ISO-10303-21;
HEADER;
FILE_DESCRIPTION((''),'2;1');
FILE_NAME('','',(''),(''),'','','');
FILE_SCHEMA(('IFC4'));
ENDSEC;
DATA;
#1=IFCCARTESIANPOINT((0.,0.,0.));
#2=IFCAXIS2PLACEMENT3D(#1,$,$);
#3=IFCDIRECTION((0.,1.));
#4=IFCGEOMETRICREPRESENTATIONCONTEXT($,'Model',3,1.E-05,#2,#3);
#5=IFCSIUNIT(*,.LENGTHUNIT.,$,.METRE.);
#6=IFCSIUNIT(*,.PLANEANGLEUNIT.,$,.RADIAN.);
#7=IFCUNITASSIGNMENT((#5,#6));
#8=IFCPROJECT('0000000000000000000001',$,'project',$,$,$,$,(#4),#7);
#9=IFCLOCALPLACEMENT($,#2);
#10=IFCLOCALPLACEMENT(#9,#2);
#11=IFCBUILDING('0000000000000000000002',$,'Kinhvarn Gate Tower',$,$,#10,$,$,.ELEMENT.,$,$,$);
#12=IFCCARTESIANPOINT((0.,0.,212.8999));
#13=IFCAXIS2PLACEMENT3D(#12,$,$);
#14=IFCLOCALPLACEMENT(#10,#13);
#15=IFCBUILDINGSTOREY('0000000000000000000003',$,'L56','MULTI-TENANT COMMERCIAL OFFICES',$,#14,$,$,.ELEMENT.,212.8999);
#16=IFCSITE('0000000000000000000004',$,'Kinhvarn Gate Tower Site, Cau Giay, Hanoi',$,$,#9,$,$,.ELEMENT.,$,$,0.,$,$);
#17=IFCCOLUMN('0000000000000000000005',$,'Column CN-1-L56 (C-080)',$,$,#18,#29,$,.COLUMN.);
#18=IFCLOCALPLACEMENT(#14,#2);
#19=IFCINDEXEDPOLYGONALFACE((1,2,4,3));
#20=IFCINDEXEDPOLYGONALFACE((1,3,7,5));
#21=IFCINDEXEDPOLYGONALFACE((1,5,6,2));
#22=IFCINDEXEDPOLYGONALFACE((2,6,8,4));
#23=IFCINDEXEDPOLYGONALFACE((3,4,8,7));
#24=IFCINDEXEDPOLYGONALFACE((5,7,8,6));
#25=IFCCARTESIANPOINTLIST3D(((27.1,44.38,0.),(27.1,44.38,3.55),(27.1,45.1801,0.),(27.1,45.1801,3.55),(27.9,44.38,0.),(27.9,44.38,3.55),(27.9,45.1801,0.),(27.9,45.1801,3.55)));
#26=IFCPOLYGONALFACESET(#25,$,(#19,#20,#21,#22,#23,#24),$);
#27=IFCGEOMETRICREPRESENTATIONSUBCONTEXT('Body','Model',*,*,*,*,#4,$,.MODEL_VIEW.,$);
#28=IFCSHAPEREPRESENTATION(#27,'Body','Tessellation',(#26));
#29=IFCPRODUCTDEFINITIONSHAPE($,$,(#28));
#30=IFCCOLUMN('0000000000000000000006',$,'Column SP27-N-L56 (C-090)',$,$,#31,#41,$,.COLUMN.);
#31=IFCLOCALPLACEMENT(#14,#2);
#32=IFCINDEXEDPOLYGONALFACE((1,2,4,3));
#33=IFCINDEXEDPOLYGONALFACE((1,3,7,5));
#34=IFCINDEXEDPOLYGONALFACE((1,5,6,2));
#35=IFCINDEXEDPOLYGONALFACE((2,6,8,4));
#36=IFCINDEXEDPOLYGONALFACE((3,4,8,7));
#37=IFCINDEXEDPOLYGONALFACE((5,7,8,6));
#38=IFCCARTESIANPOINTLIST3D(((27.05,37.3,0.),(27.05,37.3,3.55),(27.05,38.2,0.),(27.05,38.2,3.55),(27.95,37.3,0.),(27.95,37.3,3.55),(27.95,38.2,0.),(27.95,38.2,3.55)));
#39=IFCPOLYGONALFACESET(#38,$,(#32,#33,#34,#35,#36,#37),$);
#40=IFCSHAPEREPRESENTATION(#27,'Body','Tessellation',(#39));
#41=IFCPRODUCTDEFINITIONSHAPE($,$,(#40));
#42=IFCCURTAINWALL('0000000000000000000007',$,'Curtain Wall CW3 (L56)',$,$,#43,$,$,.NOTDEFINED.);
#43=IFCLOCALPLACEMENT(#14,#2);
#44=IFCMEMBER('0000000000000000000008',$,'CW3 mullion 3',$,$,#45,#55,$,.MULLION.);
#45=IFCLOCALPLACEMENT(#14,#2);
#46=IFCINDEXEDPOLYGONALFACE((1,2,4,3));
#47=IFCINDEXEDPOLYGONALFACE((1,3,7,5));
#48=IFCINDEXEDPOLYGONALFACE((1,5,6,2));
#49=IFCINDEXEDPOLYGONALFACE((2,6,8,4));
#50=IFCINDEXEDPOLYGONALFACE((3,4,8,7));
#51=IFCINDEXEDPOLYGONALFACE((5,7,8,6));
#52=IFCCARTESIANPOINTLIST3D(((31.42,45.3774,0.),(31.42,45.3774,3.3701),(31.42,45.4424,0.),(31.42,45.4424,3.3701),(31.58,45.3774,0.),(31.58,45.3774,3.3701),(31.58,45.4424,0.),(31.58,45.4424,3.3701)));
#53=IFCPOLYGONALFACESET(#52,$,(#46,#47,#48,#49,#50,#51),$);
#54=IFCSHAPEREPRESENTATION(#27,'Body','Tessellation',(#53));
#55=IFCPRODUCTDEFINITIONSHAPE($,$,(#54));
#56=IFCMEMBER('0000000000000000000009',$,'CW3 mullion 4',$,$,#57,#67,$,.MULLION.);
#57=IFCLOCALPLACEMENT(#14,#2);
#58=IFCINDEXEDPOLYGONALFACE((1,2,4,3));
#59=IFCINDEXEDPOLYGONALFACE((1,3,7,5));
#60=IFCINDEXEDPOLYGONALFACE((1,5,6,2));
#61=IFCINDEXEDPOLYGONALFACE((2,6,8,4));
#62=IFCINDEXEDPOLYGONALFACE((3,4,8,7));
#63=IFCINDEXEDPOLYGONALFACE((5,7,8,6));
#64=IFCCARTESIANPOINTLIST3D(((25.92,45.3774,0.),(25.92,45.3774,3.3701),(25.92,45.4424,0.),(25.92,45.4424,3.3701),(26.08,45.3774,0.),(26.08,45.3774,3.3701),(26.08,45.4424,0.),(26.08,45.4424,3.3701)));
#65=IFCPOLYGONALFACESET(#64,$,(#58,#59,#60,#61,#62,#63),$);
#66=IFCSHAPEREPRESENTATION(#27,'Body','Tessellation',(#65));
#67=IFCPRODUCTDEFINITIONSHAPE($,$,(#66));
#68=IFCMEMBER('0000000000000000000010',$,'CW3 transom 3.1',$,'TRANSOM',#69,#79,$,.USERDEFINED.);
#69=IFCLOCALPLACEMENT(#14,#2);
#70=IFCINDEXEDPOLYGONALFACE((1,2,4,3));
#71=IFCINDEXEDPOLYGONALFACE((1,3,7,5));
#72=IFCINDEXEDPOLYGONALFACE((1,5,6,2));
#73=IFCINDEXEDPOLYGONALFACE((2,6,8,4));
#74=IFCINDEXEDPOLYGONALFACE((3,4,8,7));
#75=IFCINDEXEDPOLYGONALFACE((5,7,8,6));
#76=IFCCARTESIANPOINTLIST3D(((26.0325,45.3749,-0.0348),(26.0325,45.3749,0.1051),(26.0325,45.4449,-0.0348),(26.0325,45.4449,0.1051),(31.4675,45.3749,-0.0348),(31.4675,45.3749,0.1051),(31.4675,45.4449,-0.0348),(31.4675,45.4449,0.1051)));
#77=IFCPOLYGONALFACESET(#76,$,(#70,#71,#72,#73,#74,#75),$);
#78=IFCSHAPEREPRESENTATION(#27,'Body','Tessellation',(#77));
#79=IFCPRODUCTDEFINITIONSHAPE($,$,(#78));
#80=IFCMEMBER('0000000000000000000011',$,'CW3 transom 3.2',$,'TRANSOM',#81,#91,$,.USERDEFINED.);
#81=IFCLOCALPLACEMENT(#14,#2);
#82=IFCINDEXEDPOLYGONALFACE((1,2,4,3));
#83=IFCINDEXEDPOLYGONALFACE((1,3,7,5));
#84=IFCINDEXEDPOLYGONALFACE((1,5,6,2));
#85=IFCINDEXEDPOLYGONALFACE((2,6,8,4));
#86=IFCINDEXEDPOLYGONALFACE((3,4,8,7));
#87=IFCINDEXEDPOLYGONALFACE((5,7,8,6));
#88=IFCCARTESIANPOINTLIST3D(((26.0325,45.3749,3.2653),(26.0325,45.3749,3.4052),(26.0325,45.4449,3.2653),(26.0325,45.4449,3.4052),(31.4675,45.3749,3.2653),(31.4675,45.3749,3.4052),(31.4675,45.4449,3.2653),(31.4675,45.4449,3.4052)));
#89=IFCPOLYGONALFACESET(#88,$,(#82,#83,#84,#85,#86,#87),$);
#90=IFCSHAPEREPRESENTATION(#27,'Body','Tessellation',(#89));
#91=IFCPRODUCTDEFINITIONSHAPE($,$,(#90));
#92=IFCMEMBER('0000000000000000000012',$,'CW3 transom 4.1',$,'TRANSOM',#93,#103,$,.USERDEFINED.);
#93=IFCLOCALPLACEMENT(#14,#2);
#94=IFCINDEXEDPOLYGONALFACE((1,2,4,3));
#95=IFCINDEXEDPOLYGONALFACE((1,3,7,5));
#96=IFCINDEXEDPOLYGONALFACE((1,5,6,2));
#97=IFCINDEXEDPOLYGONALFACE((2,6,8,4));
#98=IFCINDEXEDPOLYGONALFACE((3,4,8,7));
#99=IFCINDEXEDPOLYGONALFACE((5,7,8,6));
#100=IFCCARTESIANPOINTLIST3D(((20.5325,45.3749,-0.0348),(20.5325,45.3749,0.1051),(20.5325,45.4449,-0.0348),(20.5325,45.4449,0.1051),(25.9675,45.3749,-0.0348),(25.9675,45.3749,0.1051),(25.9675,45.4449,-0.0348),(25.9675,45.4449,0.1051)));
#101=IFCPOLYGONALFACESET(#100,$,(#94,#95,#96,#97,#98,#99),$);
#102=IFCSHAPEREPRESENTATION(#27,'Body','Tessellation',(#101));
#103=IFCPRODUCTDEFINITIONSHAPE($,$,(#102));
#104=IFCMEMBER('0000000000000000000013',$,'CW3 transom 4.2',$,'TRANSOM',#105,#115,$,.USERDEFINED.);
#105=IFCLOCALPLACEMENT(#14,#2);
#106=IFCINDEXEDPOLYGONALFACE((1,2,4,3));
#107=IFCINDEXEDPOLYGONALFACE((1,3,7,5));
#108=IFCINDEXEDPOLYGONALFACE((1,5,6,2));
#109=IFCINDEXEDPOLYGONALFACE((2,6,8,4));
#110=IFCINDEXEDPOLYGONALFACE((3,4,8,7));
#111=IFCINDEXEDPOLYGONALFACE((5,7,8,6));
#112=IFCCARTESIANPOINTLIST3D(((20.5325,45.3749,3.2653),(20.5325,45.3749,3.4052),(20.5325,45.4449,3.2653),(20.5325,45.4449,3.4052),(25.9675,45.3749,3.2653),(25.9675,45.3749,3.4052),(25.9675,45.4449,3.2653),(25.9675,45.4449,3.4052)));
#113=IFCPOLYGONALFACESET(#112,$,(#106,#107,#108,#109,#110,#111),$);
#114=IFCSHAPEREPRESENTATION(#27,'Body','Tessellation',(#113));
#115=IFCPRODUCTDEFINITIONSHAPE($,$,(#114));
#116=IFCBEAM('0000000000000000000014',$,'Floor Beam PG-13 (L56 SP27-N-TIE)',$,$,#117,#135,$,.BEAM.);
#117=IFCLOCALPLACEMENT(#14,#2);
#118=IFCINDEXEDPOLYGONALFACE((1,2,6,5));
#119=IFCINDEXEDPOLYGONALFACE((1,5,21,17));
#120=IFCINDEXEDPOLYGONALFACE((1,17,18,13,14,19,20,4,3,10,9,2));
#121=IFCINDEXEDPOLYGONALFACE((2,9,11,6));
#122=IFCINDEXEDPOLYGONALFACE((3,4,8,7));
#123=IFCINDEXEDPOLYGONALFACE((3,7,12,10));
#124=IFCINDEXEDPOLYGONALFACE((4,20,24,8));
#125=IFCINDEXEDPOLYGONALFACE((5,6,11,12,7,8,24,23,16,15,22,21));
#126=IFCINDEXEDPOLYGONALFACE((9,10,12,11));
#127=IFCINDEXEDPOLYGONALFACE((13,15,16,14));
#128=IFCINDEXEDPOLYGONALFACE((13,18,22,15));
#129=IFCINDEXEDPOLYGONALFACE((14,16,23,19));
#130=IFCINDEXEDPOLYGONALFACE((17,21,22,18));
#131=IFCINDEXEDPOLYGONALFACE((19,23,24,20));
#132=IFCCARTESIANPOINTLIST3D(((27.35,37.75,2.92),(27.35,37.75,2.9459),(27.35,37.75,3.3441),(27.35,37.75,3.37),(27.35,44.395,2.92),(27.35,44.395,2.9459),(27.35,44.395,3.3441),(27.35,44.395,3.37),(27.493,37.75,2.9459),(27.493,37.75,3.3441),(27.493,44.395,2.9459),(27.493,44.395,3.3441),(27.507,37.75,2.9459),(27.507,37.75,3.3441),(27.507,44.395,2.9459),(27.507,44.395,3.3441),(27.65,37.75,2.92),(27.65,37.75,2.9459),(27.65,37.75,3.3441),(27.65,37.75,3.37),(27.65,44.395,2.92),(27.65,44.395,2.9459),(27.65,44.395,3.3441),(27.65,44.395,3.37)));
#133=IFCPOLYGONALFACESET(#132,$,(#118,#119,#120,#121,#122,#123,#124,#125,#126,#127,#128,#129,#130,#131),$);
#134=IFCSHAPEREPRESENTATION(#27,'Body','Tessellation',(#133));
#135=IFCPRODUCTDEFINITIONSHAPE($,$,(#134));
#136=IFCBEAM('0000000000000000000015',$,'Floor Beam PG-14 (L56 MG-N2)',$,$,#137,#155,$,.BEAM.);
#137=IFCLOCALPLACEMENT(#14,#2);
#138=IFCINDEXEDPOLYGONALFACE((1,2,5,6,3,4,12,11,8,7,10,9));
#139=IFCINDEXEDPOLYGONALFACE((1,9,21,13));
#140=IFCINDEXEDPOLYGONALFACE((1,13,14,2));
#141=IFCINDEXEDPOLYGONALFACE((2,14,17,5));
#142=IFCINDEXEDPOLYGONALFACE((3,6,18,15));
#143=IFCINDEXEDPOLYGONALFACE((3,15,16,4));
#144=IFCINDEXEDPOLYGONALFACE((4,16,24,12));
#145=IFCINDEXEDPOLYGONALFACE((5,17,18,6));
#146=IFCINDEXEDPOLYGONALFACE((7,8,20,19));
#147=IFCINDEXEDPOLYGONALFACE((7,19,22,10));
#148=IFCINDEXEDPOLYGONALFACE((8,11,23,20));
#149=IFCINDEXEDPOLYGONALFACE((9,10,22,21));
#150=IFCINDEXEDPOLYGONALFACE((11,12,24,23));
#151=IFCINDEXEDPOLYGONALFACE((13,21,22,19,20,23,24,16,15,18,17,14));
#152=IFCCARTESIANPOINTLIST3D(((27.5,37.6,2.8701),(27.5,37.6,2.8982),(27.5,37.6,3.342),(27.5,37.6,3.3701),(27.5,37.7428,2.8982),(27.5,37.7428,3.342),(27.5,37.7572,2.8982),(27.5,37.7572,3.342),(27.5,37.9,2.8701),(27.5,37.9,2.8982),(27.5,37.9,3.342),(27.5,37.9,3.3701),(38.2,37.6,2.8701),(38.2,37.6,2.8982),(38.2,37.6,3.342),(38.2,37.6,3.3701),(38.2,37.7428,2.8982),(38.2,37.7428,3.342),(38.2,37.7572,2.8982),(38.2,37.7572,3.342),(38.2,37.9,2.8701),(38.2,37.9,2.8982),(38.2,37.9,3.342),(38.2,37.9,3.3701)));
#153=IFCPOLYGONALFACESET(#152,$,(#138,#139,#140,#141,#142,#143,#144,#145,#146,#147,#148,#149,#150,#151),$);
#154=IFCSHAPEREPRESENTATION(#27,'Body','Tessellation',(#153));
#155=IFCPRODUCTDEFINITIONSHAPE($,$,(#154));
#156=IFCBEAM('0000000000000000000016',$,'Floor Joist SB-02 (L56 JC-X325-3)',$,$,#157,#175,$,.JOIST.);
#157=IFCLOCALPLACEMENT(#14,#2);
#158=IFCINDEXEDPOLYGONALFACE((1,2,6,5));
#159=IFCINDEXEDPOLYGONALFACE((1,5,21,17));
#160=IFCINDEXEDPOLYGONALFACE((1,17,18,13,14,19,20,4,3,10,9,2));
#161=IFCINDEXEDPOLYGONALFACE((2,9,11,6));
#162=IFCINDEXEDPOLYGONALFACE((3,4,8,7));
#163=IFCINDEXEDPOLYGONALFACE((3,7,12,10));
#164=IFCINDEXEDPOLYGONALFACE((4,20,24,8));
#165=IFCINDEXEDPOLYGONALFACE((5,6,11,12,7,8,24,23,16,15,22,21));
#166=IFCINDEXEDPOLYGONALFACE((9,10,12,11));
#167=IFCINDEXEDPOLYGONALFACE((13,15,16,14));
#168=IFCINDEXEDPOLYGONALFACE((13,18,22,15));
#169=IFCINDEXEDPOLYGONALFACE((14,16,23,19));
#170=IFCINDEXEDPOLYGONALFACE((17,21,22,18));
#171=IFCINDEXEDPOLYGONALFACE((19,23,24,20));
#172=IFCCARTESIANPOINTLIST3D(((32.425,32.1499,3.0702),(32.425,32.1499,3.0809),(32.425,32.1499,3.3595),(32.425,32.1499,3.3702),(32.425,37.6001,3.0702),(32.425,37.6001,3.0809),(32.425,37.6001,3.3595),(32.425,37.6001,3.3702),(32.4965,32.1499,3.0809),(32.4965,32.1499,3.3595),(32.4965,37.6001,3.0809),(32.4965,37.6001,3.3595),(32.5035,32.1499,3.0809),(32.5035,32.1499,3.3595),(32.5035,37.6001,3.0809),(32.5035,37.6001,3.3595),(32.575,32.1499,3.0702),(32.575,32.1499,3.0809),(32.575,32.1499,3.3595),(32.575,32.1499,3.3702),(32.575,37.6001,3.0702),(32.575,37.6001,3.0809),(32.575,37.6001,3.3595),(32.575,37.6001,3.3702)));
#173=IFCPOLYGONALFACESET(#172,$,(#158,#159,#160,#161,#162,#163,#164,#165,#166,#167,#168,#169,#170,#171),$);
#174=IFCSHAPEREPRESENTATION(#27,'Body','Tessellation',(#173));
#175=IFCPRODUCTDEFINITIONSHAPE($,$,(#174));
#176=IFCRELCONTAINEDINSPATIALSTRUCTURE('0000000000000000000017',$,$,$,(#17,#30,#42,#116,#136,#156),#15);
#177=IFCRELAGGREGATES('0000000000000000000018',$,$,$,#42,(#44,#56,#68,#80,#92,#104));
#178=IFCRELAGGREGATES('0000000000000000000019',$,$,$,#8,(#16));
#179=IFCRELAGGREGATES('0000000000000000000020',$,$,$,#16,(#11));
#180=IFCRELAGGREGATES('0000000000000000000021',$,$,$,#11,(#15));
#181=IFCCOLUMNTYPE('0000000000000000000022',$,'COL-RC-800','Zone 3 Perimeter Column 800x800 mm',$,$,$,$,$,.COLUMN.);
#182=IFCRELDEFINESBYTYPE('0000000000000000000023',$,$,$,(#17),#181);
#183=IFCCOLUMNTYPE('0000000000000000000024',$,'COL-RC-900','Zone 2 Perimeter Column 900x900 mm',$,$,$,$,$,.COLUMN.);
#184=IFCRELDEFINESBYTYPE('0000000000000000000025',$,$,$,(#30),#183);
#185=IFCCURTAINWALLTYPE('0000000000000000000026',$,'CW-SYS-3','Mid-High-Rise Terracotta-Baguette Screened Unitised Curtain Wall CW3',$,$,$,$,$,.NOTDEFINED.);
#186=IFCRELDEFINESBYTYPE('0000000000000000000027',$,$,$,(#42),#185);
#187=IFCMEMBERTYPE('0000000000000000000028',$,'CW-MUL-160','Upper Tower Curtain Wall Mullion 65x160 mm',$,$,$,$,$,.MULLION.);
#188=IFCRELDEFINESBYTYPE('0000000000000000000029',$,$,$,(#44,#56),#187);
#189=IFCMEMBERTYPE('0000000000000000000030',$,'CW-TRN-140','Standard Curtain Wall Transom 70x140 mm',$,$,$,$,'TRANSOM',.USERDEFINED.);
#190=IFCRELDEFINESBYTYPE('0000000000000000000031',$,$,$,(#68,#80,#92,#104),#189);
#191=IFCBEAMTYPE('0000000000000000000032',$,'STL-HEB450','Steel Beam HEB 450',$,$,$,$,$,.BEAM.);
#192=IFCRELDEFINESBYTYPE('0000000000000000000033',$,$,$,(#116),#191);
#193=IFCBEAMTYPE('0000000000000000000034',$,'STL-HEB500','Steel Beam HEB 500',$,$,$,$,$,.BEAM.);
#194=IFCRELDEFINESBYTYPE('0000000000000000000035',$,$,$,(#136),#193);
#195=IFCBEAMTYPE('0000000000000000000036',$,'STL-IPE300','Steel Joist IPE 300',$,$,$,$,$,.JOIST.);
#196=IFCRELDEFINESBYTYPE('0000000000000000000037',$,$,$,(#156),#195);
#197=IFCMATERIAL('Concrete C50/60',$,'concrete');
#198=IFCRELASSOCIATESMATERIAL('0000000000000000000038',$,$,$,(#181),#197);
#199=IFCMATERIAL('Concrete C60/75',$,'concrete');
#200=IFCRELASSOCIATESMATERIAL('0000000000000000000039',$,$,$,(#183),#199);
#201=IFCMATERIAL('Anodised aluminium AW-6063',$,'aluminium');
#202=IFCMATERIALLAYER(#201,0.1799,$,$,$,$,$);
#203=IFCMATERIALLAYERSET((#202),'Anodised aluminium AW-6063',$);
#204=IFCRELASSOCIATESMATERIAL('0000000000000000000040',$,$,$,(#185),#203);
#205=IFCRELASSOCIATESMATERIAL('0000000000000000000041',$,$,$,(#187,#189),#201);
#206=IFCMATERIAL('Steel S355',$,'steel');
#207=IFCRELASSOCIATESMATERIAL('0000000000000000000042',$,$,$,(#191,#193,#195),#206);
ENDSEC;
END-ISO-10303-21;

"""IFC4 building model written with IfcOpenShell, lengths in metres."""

from ifc_helpers import new_model, si_unit, direction, frame, origin, origin_2d, place, context, subcontext, project, spatial, rectangle, i_section, extrude, material, layer, layer_set, material_profile, profile_set, type_object, element, aggregate, save


model = new_model("IFC4")

# Units and contexts
model_context = context("Model", 3, precision=1e-05, world=origin(), true_north=direction((0.0, 1.0)))
body_context = subcontext(model_context, "Body", "Model", "MODEL_VIEW")
ifc_project = project(units=[si_unit("LENGTHUNIT", "METRE"), si_unit("PLANEANGLEUNIT", "RADIAN")], contexts=[model_context])

# Site, building, storey
site_placement = place(None, origin())
site = spatial("IfcSite", under=ifc_project, at=site_placement, Name="Kinhvarn Gate Tower Site, Cau Giay, Hanoi", CompositionType="ELEMENT", RefElevation=0.0)
building_placement = place(site_placement, origin())
building = spatial("IfcBuilding", under=site, at=building_placement, Name="Kinhvarn Gate Tower", CompositionType="ELEMENT")
storey_placement = place(building_placement, frame((0.0, 0.0, 212.8999)))
storey = spatial("IfcBuildingStorey", under=building, at=storey_placement, Name="L56", Description="MULTI-TENANT COMMERCIAL OFFICES", CompositionType="ELEMENT", Elevation=212.8999)

# Columns
ifc_material_1 = material(Name="Concrete C50/60", Category="concrete")
ifc_material_profile_1 = material_profile(ifc_material_1, rectangle(XDim=0.8, YDim=0.8, at=origin_2d()), Name="RC 800x800")
ifc_profile_set_1 = profile_set([ifc_material_profile_1], Name="Concrete C50/60")
column_type_1 = type_object("IfcColumnType", Name="COL-RC-800", Description="Zone 3 Perimeter Column 800x800 mm", PredefinedType="COLUMN", material=ifc_profile_set_1)
column_1_placement = place(storey_placement, frame((27.5, 44.78, 0.0), z_axis=(0.0, 0.0, 1.0), x_axis=(1.0, 0.0, 0.0)))
element("IfcColumn", 1, at=column_1_placement, inside=storey, type_object=column_type_1, Name="Column CN-1-L56 (C-080)", PredefinedType="COLUMN", context=body_context, shape_type="SweptSolid", body=[
    extrude(rectangle(XDim=0.8, YDim=0.8, at=origin_2d()), origin(), (0.0, 0.0, 1.0), 3.55),
])
ifc_material_2 = material(Name="Concrete C60/75", Category="concrete")
ifc_material_profile_2 = material_profile(ifc_material_2, rectangle(XDim=0.8999, YDim=0.8999, at=origin_2d()), Name="RC 900x900")
ifc_profile_set_2 = profile_set([ifc_material_profile_2], Name="Concrete C60/75")
column_type_2 = type_object("IfcColumnType", Name="COL-RC-900", Description="Zone 2 Perimeter Column 900x900 mm", PredefinedType="COLUMN", material=ifc_profile_set_2)
column_2_placement = place(storey_placement, frame((27.5, 37.75, 0.0), z_axis=(0.0, 0.0, 1.0), x_axis=(1.0, 0.0, 0.0)))
element("IfcColumn", 2, at=column_2_placement, inside=storey, type_object=column_type_2, Name="Column SP27-N-L56 (C-090)", PredefinedType="COLUMN", context=body_context, shape_type="SweptSolid", body=[
    extrude(rectangle(XDim=0.8999, YDim=0.8999, at=origin_2d()), origin(), (0.0, 0.0, 1.0), 3.55),
])

# Curtain wall, members
ifc_material_3 = material(Name="Anodised aluminium AW-6063", Category="aluminium")
ifc_layer_1 = layer(ifc_material_3, 0.1799)
ifc_layer_set_1 = layer_set([ifc_layer_1], Name="Anodised aluminium AW-6063")
curtain_wall_type = type_object("IfcCurtainWallType", Name="CW-SYS-3", Description="Mid-High-Rise Terracotta-Baguette Screened Unitised Curtain Wall CW3", PredefinedType="NOTDEFINED", material=ifc_layer_set_1)
curtain_wall_placement = place(storey_placement, origin())
curtain_wall = element("IfcCurtainWall", 3, at=curtain_wall_placement, inside=storey, type_object=curtain_wall_type, Name="Curtain Wall CW3 (L56)", PredefinedType="NOTDEFINED")
ifc_material_profile_3 = material_profile(ifc_material_3, rectangle(XDim=0.0649, YDim=0.1599, at=origin_2d()), Name="ALU 65x160")
ifc_profile_set_3 = profile_set([ifc_material_profile_3], Name="Anodised aluminium AW-6063")
member_type_1 = type_object("IfcMemberType", Name="CW-MUL-160", Description="Upper Tower Curtain Wall Mullion 65x160 mm", PredefinedType="MULLION", material=ifc_profile_set_3)
member_1_placement = place(storey_placement, frame((31.5, 45.4099, 0.0), z_axis=(0.0, 0.0, 1.0), x_axis=(0.0, -1.0, 0.0)))
member_1 = element("IfcMember", 4, at=member_1_placement, type_object=member_type_1, Name="CW3 mullion 3", PredefinedType="MULLION", context=body_context, shape_type="SweptSolid", body=[
    extrude(rectangle(XDim=0.0649, YDim=0.1599, at=origin_2d()), origin(), (0.0, 0.0, 1.0), 3.3701),
])
member_2_placement = place(storey_placement, frame((26.0, 45.4099, 0.0), z_axis=(0.0, 0.0, 1.0), x_axis=(0.0, -1.0, 0.0)))
member_2 = element("IfcMember", 5, at=member_2_placement, type_object=member_type_1, Name="CW3 mullion 4", PredefinedType="MULLION", context=body_context, shape_type="SweptSolid", body=[
    extrude(rectangle(XDim=0.0649, YDim=0.1599, at=origin_2d()), origin(), (0.0, 0.0, 1.0), 3.3701),
])
ifc_material_profile_4 = material_profile(ifc_material_3, rectangle(XDim=0.0701, YDim=0.1399, at=origin_2d()), Name="ALU 70x140")
ifc_profile_set_4 = profile_set([ifc_material_profile_4], Name="Anodised aluminium AW-6063")
member_type_2 = type_object("IfcMemberType", Name="CW-TRN-140", Description="Standard Curtain Wall Transom 70x140 mm", ElementType="TRANSOM", PredefinedType="USERDEFINED", material=ifc_profile_set_4)
member_3_placement = place(storey_placement, frame((31.4675, 45.4099, 0.0352), z_axis=(-1.0, 0.0, 0.0), x_axis=(0.0, -1.0, 0.0)))
member_3 = element("IfcMember", 6, at=member_3_placement, type_object=member_type_2, Name="CW3 transom 3.1", ObjectType="TRANSOM", PredefinedType="USERDEFINED", context=body_context, shape_type="SweptSolid", body=[
    extrude(rectangle(XDim=0.0701, YDim=0.1399, at=origin_2d()), origin(), (0.0, 0.0, 1.0), 5.4351),
])
member_4_placement = place(storey_placement, frame((31.4675, 45.4099, 3.3352), z_axis=(-1.0, 0.0, 0.0), x_axis=(0.0, -1.0, 0.0)))
member_4 = element("IfcMember", 7, at=member_4_placement, type_object=member_type_2, Name="CW3 transom 3.2", ObjectType="TRANSOM", PredefinedType="USERDEFINED", context=body_context, shape_type="SweptSolid", body=[
    extrude(rectangle(XDim=0.0701, YDim=0.1399, at=origin_2d()), origin(), (0.0, 0.0, 1.0), 5.4351),
])
member_5_placement = place(storey_placement, frame((25.9675, 45.4099, 0.0352), z_axis=(-1.0, 0.0, 0.0), x_axis=(0.0, -1.0, 0.0)))
member_5 = element("IfcMember", 8, at=member_5_placement, type_object=member_type_2, Name="CW3 transom 4.1", ObjectType="TRANSOM", PredefinedType="USERDEFINED", context=body_context, shape_type="SweptSolid", body=[
    extrude(rectangle(XDim=0.0701, YDim=0.1399, at=origin_2d()), origin(), (0.0, 0.0, 1.0), 5.4351),
])
member_6_placement = place(storey_placement, frame((25.9675, 45.4099, 3.3352), z_axis=(-1.0, 0.0, 0.0), x_axis=(0.0, -1.0, 0.0)))
member_6 = element("IfcMember", 9, at=member_6_placement, type_object=member_type_2, Name="CW3 transom 4.2", ObjectType="TRANSOM", PredefinedType="USERDEFINED", context=body_context, shape_type="SweptSolid", body=[
    extrude(rectangle(XDim=0.0701, YDim=0.1399, at=origin_2d()), origin(), (0.0, 0.0, 1.0), 5.4351),
])

# Beams
ifc_material_4 = material(Name="Steel S355", Category="steel")
ifc_material_profile_5 = material_profile(ifc_material_4, i_section(OverallWidth=0.3, OverallDepth=0.45, WebThickness=0.0139, FlangeThickness=0.0259, at=origin_2d()), Name="HEB 450")
ifc_profile_set_5 = profile_set([ifc_material_profile_5], Name="Steel S355")
beam_type_1 = type_object("IfcBeamType", Name="STL-HEB450", Description="Steel Beam HEB 450", PredefinedType="BEAM", material=ifc_profile_set_5)
beam_1_placement = place(storey_placement, frame((27.5, 37.75, 3.145), z_axis=(0.0, 1.0, 0.0), x_axis=(-1.0, 0.0, 0.0)))
element("IfcBeam", 10, at=beam_1_placement, inside=storey, type_object=beam_type_1, Name="Floor Beam PG-13 (L56 SP27-N-TIE)", PredefinedType="BEAM", context=body_context, shape_type="SweptSolid", body=[
    extrude(i_section(OverallWidth=0.3, OverallDepth=0.45, WebThickness=0.0139, FlangeThickness=0.0259, at=origin_2d()), origin(), (0.0, 0.0, 1.0), 6.645),
])
ifc_material_profile_6 = material_profile(ifc_material_4, i_section(OverallWidth=0.3, OverallDepth=0.5, WebThickness=0.0144, FlangeThickness=0.0281, at=origin_2d()), Name="HEB 500")
ifc_profile_set_6 = profile_set([ifc_material_profile_6], Name="Steel S355")
beam_type_2 = type_object("IfcBeamType", Name="STL-HEB500", Description="Steel Beam HEB 500", PredefinedType="BEAM", material=ifc_profile_set_6)
beam_2_placement = place(storey_placement, frame((27.5, 37.75, 3.1201), z_axis=(1.0, 0.0, 0.0), x_axis=(0.0, 1.0, 0.0)))
element("IfcBeam", 11, at=beam_2_placement, inside=storey, type_object=beam_type_2, Name="Floor Beam PG-14 (L56 MG-N2)", PredefinedType="BEAM", context=body_context, shape_type="SweptSolid", body=[
    extrude(i_section(OverallWidth=0.3, OverallDepth=0.5, WebThickness=0.0144, FlangeThickness=0.0281, at=origin_2d()), origin(), (0.0, 0.0, 1.0), 10.7),
])
ifc_material_profile_7 = material_profile(ifc_material_4, i_section(OverallWidth=0.1499, OverallDepth=0.3, WebThickness=0.0071, FlangeThickness=0.0107, at=origin_2d()), Name="IPE 300")
ifc_profile_set_7 = profile_set([ifc_material_profile_7], Name="Steel S355")
beam_type_3 = type_object("IfcBeamType", Name="STL-IPE300", Description="Steel Joist IPE 300", PredefinedType="JOIST", material=ifc_profile_set_7)
beam_3_placement = place(storey_placement, frame((32.5, 32.1499, 3.2202), z_axis=(0.0, 1.0, 0.0), x_axis=(-1.0, 0.0, 0.0)))
element("IfcBeam", 12, at=beam_3_placement, inside=storey, type_object=beam_type_3, Name="Floor Joist SB-02 (L56 JC-X325-3)", PredefinedType="JOIST", context=body_context, shape_type="SweptSolid", body=[
    extrude(i_section(OverallWidth=0.1499, OverallDepth=0.3, WebThickness=0.0071, FlangeThickness=0.0107, at=origin_2d()), origin(), (0.0, 0.0, 1.0), 5.4502),
])

aggregate(curtain_wall, [member_1, member_2, member_3, member_4, member_5, member_6])

save(model, "model.ifc")
